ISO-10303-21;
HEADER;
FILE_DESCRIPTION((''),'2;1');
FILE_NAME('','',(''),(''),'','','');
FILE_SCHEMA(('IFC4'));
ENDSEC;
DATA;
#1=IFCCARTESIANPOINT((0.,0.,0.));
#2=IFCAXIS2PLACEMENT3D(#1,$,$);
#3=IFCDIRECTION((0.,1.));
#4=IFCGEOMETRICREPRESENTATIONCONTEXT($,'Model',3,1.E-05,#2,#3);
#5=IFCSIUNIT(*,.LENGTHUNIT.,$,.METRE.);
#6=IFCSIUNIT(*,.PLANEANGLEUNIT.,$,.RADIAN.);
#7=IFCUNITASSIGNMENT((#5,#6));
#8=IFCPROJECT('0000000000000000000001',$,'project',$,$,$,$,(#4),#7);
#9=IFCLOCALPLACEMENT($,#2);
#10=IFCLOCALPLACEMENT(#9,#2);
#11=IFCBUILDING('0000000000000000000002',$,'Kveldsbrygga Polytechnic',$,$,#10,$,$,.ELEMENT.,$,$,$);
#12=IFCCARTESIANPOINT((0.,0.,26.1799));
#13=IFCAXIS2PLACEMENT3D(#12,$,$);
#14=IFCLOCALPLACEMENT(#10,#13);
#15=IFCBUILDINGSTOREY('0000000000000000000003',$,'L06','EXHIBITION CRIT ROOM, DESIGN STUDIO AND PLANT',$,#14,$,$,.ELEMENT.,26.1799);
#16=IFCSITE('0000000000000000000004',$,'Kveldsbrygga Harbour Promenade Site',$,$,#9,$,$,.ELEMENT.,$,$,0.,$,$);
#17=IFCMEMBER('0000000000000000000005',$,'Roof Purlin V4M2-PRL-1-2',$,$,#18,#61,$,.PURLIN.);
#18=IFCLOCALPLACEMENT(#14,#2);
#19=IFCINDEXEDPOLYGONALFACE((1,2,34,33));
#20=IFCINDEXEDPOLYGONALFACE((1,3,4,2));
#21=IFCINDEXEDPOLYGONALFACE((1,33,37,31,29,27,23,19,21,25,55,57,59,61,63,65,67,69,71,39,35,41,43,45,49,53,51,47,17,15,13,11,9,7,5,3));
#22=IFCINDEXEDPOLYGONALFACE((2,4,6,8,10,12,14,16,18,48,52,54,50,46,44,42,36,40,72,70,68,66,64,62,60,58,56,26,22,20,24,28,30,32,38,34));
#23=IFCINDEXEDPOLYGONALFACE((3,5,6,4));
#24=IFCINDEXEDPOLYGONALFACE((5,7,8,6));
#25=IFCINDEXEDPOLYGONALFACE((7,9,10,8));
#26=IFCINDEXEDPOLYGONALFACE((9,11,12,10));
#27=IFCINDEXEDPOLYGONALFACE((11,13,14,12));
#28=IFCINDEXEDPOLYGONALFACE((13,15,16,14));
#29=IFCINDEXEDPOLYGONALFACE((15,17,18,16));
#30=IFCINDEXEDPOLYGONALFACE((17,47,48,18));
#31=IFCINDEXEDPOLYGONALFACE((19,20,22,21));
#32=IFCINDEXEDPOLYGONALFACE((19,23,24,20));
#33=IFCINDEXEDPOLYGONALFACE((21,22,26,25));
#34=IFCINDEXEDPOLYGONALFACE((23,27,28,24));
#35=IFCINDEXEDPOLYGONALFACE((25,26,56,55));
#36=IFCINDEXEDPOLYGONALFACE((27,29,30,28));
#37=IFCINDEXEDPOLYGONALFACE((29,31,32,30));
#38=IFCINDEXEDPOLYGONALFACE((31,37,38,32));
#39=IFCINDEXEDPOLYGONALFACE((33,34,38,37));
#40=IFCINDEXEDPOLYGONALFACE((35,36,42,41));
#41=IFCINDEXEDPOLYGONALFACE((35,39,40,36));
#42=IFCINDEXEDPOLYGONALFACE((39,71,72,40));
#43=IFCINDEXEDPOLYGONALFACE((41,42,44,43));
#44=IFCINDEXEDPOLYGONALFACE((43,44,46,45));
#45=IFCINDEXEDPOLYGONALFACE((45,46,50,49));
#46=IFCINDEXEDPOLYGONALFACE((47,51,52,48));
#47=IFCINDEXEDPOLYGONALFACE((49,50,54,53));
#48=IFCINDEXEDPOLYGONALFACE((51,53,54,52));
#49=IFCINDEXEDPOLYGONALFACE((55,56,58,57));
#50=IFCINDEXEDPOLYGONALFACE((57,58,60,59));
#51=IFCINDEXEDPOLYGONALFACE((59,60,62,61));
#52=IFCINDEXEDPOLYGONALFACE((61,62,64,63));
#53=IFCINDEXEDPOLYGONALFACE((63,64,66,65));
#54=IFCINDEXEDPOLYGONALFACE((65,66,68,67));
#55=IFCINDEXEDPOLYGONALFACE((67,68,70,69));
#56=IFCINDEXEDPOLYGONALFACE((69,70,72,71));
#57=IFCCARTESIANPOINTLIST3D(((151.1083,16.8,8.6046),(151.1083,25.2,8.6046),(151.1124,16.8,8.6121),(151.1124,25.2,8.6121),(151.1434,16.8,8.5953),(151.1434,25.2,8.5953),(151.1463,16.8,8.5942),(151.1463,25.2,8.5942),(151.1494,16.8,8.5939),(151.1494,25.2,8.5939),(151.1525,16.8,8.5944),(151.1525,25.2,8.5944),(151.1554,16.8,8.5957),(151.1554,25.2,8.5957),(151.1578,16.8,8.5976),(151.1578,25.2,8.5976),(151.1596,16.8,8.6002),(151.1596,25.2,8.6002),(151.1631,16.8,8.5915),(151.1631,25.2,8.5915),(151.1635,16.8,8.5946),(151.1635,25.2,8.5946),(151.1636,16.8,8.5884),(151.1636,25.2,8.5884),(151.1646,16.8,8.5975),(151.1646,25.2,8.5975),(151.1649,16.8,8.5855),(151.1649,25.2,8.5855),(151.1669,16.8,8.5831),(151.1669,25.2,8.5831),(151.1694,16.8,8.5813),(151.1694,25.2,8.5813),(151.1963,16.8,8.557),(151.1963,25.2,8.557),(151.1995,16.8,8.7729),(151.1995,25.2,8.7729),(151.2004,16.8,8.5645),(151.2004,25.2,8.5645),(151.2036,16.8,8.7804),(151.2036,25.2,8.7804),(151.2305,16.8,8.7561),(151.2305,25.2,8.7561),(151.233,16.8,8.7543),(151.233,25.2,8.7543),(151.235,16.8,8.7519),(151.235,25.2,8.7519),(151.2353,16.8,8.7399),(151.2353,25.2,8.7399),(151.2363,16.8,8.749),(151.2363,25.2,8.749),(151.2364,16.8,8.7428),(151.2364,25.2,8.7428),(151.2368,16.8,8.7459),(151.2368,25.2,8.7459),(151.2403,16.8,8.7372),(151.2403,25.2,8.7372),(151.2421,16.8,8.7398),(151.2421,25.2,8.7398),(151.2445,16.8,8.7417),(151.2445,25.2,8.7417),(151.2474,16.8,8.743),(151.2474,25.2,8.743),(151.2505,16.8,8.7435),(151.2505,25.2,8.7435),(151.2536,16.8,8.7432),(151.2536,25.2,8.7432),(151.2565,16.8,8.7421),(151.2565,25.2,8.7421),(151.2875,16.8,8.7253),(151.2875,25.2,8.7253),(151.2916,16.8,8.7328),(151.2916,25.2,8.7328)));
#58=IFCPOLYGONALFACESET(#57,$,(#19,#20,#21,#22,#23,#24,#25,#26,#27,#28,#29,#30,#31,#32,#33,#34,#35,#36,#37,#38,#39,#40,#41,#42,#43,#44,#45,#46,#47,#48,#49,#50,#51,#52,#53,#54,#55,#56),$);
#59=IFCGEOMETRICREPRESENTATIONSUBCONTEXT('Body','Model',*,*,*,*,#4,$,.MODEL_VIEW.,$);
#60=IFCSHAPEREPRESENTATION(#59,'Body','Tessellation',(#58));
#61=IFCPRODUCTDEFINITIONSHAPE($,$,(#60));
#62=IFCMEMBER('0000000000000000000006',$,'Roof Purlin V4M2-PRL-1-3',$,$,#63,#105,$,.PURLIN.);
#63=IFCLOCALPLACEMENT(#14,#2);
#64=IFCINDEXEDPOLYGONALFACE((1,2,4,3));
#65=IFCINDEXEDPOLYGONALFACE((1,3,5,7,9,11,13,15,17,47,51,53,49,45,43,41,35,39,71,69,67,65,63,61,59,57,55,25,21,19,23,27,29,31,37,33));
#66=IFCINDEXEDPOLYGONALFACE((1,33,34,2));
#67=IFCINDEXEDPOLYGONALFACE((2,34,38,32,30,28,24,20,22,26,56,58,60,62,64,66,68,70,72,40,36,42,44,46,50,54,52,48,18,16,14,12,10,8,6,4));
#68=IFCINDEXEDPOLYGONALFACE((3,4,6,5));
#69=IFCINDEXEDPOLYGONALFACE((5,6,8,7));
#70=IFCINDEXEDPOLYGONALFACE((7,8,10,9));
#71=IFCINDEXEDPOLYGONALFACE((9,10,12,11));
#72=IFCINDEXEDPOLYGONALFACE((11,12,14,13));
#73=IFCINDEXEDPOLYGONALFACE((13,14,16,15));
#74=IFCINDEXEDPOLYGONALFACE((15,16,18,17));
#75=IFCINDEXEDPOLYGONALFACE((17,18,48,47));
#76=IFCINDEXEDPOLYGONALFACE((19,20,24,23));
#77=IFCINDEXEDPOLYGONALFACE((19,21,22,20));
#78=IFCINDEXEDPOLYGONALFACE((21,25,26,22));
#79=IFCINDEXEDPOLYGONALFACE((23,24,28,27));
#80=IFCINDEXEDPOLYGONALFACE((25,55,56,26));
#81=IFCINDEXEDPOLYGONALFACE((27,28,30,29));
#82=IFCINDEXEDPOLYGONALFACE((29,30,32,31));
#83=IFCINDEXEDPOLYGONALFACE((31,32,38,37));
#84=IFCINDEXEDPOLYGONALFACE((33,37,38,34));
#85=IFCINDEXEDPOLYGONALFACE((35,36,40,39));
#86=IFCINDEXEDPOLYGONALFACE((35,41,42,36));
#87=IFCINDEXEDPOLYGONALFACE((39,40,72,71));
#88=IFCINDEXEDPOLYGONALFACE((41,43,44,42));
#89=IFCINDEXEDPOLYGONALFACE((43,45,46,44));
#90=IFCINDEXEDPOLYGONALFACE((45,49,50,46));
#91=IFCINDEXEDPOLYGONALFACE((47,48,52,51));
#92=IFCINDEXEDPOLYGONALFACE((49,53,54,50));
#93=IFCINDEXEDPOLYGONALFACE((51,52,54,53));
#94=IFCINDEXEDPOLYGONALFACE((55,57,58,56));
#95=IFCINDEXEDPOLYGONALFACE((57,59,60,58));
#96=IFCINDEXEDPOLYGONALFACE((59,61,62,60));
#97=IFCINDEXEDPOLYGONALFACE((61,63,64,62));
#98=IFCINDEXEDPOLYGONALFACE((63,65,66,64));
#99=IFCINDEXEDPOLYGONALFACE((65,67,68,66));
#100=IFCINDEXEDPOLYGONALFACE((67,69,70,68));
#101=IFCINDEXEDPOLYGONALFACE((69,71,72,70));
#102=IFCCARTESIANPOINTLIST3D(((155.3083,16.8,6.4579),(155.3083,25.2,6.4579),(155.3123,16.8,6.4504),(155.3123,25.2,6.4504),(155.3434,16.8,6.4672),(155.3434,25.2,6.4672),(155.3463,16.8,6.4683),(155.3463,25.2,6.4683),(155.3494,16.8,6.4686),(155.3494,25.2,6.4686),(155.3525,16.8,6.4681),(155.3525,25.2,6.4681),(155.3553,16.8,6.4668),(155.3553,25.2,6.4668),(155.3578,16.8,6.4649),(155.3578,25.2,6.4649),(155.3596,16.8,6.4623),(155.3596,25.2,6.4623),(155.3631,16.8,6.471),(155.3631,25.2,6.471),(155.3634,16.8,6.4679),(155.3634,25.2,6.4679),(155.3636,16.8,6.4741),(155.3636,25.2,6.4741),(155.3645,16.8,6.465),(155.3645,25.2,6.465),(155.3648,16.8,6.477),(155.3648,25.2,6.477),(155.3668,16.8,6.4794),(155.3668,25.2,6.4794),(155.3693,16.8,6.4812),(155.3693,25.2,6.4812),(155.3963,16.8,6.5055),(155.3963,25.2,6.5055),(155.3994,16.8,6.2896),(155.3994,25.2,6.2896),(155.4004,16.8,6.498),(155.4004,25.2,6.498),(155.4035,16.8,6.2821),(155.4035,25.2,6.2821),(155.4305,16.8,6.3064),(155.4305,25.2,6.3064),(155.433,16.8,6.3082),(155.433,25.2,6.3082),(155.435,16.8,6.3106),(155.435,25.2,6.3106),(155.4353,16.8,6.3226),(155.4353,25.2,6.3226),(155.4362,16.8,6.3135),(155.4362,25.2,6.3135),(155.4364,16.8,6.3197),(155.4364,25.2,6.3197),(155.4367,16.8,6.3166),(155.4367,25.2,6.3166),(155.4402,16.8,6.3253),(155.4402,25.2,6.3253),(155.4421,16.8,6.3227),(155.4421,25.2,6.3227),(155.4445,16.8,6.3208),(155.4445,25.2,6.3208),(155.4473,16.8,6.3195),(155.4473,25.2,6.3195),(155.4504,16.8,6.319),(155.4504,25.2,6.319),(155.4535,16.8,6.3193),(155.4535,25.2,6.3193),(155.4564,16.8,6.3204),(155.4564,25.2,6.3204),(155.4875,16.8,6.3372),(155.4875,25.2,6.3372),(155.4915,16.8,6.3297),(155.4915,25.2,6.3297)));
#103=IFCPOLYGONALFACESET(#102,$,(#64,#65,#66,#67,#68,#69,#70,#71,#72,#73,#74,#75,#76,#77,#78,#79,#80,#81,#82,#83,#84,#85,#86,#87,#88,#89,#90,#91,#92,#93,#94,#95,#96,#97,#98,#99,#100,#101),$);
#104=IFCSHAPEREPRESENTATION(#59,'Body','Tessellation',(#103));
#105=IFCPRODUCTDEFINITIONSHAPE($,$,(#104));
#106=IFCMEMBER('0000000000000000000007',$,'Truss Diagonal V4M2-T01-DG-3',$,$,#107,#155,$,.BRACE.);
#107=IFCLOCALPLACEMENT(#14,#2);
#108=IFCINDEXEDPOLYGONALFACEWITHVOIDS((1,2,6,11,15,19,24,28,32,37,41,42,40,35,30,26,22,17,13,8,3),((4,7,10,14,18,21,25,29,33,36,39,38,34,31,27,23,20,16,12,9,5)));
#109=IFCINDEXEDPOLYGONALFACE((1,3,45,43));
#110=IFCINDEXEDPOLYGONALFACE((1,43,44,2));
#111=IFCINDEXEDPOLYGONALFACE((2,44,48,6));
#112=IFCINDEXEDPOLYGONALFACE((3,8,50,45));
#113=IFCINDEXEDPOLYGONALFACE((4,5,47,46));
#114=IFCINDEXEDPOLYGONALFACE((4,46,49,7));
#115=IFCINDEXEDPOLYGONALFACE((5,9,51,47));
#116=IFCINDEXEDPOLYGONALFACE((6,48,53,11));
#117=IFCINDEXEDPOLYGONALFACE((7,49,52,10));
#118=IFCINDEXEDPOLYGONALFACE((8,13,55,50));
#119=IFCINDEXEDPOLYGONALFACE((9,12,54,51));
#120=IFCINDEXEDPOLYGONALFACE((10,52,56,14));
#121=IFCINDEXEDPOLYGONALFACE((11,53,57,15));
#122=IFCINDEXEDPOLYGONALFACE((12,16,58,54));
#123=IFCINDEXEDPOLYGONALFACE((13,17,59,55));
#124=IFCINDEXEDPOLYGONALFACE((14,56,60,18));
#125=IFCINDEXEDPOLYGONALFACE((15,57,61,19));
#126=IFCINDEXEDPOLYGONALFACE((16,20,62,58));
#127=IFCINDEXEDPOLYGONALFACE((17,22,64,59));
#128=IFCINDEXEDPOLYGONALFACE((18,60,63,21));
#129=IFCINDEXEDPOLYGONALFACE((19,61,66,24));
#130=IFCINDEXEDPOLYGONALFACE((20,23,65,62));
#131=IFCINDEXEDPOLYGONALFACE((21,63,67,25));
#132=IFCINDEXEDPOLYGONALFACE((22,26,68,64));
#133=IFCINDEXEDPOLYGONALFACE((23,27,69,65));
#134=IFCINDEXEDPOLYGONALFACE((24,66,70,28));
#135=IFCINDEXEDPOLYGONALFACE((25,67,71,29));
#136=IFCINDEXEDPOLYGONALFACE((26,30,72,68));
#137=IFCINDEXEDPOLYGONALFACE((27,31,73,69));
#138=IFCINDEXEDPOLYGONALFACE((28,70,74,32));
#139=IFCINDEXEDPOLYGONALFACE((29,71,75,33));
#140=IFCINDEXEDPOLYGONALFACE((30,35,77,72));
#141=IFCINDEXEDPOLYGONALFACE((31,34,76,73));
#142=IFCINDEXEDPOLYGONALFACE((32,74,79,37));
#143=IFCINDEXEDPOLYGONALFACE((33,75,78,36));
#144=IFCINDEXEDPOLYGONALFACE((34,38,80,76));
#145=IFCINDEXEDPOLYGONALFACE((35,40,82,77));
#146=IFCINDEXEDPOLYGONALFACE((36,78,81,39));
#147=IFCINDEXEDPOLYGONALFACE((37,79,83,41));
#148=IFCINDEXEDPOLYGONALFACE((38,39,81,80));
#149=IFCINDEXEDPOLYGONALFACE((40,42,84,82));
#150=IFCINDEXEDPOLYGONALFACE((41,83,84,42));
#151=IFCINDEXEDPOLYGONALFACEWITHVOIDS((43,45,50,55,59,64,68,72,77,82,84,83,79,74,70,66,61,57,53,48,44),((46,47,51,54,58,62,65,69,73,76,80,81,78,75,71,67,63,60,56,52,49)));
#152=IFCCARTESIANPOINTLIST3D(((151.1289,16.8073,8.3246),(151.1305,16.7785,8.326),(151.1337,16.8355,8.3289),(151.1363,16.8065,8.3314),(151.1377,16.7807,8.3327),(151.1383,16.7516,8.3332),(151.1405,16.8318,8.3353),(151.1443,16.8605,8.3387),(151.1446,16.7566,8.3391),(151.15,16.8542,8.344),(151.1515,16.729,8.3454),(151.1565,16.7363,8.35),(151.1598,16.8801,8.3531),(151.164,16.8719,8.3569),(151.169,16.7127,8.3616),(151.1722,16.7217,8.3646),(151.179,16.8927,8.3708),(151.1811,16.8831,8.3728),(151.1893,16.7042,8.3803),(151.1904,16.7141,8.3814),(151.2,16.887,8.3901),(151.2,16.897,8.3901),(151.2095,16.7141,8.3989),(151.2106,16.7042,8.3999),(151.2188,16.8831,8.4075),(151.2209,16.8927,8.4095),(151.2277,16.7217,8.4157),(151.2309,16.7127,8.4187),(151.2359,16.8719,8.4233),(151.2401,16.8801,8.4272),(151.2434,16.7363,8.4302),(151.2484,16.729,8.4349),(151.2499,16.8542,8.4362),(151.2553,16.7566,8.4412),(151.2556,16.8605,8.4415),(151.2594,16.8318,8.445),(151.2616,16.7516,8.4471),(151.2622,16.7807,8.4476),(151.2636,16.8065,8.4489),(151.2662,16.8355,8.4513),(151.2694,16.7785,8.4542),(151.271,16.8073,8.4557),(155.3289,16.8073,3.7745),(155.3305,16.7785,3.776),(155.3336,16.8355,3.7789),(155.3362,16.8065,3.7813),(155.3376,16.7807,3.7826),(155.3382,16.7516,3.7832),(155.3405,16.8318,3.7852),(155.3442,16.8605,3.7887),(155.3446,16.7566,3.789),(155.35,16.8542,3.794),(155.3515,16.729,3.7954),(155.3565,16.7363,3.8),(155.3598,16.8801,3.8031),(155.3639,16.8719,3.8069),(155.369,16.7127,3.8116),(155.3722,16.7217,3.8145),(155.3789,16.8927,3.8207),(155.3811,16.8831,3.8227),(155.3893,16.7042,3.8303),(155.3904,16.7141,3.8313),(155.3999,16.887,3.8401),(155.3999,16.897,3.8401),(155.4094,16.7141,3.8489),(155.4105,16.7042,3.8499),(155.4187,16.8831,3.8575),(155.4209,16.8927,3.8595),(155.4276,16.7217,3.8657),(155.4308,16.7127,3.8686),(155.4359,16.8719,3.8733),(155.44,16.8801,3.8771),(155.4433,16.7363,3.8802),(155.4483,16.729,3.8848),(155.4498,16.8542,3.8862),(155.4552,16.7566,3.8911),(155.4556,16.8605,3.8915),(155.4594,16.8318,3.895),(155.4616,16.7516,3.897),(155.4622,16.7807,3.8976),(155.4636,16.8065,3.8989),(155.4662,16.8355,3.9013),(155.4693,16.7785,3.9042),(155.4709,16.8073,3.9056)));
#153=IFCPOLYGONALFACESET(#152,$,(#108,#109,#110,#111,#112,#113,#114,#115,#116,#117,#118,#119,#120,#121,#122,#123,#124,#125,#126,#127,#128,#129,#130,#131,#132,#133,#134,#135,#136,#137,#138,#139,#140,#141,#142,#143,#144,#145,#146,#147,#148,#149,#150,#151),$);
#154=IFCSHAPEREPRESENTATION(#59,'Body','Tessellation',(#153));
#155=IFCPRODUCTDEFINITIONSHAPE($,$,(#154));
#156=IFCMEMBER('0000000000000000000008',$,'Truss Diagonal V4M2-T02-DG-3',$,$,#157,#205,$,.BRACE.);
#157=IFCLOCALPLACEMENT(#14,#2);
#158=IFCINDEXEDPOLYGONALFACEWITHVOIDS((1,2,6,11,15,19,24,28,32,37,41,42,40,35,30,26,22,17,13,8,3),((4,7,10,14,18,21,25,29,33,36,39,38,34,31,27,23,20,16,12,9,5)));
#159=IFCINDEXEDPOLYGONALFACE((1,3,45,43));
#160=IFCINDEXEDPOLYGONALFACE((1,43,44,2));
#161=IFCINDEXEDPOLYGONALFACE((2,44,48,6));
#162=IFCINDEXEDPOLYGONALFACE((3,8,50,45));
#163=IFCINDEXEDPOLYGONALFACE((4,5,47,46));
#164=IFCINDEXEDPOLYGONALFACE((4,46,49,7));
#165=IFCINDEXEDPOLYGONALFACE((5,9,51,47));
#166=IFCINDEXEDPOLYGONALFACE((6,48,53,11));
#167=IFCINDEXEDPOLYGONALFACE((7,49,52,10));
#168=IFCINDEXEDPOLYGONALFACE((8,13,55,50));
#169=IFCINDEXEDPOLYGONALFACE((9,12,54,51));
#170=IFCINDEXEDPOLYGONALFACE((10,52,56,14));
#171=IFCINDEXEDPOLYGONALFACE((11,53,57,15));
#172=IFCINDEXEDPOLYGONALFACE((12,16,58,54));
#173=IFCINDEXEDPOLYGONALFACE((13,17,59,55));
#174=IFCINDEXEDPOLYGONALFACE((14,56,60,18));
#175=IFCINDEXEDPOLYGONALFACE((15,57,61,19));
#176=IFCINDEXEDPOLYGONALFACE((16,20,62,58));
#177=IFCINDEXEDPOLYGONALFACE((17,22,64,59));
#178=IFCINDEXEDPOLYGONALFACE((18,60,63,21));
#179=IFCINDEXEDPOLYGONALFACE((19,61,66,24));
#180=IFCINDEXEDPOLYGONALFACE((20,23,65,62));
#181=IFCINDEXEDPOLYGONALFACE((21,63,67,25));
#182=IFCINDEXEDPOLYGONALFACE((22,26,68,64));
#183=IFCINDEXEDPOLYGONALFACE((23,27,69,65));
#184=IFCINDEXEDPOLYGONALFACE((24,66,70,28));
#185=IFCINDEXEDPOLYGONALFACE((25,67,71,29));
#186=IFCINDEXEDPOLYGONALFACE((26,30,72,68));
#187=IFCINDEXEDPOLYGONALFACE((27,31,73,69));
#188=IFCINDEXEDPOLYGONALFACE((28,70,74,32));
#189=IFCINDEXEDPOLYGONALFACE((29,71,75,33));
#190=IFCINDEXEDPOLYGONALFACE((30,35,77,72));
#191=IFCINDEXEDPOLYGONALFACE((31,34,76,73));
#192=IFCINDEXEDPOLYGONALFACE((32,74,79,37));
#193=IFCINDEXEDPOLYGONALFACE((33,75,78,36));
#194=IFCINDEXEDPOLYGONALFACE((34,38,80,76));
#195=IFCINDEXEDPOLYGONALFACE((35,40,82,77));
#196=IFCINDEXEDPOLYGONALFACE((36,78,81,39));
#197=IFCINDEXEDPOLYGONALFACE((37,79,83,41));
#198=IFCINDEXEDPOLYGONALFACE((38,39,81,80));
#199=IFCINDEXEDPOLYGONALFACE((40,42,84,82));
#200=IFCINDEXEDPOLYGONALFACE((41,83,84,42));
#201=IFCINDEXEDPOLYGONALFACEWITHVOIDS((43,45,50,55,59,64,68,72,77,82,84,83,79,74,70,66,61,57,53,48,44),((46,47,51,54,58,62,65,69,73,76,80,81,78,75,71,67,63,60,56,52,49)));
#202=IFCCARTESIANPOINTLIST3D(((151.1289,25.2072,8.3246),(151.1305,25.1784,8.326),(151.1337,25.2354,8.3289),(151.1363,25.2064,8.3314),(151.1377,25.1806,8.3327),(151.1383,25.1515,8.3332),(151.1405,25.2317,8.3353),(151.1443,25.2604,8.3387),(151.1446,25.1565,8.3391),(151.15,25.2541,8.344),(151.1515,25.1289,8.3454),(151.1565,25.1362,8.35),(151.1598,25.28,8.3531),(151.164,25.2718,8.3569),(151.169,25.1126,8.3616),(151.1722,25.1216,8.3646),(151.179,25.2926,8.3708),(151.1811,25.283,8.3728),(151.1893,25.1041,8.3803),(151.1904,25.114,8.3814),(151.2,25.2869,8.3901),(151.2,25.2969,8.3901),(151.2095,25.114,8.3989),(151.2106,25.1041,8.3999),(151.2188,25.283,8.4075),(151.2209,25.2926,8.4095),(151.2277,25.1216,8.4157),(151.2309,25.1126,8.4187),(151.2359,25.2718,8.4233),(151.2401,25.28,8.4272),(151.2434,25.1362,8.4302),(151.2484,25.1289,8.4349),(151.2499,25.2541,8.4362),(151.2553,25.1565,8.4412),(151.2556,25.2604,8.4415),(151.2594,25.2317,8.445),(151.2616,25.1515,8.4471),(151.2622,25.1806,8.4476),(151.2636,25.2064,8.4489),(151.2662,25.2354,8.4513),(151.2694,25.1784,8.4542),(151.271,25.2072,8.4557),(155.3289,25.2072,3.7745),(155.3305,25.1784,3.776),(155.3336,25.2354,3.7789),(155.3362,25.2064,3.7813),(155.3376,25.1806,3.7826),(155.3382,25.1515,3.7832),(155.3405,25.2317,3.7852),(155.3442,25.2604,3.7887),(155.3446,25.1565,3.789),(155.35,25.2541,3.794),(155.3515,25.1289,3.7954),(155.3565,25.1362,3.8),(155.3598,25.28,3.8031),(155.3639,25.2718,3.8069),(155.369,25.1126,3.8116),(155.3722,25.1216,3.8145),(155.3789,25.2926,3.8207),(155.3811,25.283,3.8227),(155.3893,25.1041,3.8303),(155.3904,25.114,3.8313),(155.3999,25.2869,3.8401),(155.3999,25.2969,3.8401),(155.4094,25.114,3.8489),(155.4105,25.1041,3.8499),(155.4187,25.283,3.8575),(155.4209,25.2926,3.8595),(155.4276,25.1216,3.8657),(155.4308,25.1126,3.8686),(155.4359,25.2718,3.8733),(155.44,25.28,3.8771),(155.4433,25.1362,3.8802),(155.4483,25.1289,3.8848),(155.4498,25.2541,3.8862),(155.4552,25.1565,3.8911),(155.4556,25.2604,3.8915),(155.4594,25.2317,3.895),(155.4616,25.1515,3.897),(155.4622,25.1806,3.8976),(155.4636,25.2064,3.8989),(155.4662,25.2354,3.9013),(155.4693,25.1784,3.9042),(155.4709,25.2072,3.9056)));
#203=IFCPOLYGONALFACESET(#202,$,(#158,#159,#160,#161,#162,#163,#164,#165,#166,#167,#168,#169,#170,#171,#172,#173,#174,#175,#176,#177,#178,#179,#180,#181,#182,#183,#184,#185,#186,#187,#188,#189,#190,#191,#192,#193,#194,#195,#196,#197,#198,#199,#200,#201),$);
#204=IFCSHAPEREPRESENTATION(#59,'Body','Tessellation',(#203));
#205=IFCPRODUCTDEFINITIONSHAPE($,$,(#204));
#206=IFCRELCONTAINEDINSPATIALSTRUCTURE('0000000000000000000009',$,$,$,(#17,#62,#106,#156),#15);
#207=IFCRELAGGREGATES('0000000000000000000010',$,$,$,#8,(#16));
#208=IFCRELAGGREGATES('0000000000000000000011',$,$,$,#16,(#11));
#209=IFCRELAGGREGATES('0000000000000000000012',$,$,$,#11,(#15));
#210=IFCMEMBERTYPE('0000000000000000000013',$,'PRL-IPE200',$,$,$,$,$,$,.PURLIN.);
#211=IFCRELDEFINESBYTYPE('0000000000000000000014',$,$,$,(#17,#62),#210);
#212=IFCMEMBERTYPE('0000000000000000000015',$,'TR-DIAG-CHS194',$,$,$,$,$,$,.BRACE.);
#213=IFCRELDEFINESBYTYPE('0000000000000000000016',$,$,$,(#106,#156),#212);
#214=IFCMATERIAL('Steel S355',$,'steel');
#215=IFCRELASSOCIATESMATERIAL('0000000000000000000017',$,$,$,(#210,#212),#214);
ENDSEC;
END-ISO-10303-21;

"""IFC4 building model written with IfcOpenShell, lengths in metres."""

from ifc_helpers import new_model, si_unit, direction, frame, origin, origin_2d, place, context, subcontext, project, spatial, hollow_circle, i_section, extrude, material, material_profile, profile_set, type_object, element, save


model = new_model("IFC4")

# Units and contexts
model_context = context("Model", 3, precision=1e-05, world=origin(), true_north=direction((0.0, 1.0)))
body_context = subcontext(model_context, "Body", "Model", "MODEL_VIEW")
ifc_project = project(units=[si_unit("LENGTHUNIT", "METRE"), si_unit("PLANEANGLEUNIT", "RADIAN")], contexts=[model_context])

# Site, building, storey
site_placement = place(None, origin())
site = spatial("IfcSite", under=ifc_project, at=site_placement, Name="Kveldsbrygga Harbour Promenade Site", CompositionType="ELEMENT", RefElevation=0.0)
building_placement = place(site_placement, origin())
building = spatial("IfcBuilding", under=site, at=building_placement, Name="Kveldsbrygga Polytechnic", CompositionType="ELEMENT")
storey_placement = place(building_placement, frame((0.0, 0.0, 26.1799)))
storey = spatial("IfcBuildingStorey", under=building, at=storey_placement, Name="L06", Description="EXHIBITION CRIT ROOM, DESIGN STUDIO AND PLANT", CompositionType="ELEMENT", Elevation=26.1799)

# Members
ifc_material_1 = material(Name="Steel S355", Category="steel")
ifc_material_profile_1 = material_profile(ifc_material_1, i_section(OverallWidth=0.1001, OverallDepth=0.2, WebThickness=0.0056, FlangeThickness=0.0085, FilletRadius=0.012, at=origin_2d()), Name="IPE 200")
ifc_profile_set_1 = profile_set([ifc_material_profile_1], Name="Steel S355")
member_type_1 = type_object("IfcMemberType", Name="PRL-IPE200", PredefinedType="PURLIN", material=ifc_profile_set_1)
for number, where, z_axis, x_axis, name in (
    (1, (151.2, 16.8, 8.6687), (0.0, 1.0, 0.0), (-0.879292, 0.0, 0.476283), "Roof Purlin V4M2-PRL-1-2"),
    (2, (155.3999, 16.8, 6.3938), (0.0, 1.0, 0.0), (-0.879292, 0.0, -0.476283), "Roof Purlin V4M2-PRL-1-3"),
):
    element("IfcMember", number, at=place(storey_placement, frame(where, z_axis=z_axis, x_axis=x_axis)), inside=storey, type_object=member_type_1, Name=name, PredefinedType="PURLIN", context=body_context, shape_type="SweptSolid", body=[
        extrude(i_section(OverallWidth=0.1001, OverallDepth=0.2, WebThickness=0.0056, FlangeThickness=0.0085, FilletRadius=0.012, at=origin_2d()), origin(), (0.0, 0.0, 1.0), 8.3999),
    ])
ifc_material_profile_2 = material_profile(ifc_material_1, hollow_circle(Radius=0.0969, WallThickness=0.01, at=origin_2d()), Name="CHS 193.7x10.0")
ifc_profile_set_2 = profile_set([ifc_material_profile_2], Name="Steel S355")
member_type_2 = type_object("IfcMemberType", Name="TR-DIAG-CHS194", PredefinedType="BRACE", material=ifc_profile_set_2)
for number, where, z_axis, x_axis, name in (
    (3, (151.2, 16.8, 8.3901), (0.678272, 0.0, -0.734811), (0.0, 1.0, 0.0), "Truss Diagonal V4M2-T01-DG-3"),
    (4, (151.2, 25.2, 8.3901), (0.678272, 0.0, -0.734811), (0.0, 1.0, 0.0), "Truss Diagonal V4M2-T02-DG-3"),
):
    element("IfcMember", number, at=place(storey_placement, frame(where, z_axis=z_axis, x_axis=x_axis)), inside=storey, type_object=member_type_2, Name=name, PredefinedType="BRACE", context=body_context, shape_type="SweptSolid", body=[
        extrude(hollow_circle(Radius=0.0969, WallThickness=0.01, at=origin_2d()), origin(), (0.0, 0.0, 1.0), 6.1921),
    ])

save(model, "model.ifc")
